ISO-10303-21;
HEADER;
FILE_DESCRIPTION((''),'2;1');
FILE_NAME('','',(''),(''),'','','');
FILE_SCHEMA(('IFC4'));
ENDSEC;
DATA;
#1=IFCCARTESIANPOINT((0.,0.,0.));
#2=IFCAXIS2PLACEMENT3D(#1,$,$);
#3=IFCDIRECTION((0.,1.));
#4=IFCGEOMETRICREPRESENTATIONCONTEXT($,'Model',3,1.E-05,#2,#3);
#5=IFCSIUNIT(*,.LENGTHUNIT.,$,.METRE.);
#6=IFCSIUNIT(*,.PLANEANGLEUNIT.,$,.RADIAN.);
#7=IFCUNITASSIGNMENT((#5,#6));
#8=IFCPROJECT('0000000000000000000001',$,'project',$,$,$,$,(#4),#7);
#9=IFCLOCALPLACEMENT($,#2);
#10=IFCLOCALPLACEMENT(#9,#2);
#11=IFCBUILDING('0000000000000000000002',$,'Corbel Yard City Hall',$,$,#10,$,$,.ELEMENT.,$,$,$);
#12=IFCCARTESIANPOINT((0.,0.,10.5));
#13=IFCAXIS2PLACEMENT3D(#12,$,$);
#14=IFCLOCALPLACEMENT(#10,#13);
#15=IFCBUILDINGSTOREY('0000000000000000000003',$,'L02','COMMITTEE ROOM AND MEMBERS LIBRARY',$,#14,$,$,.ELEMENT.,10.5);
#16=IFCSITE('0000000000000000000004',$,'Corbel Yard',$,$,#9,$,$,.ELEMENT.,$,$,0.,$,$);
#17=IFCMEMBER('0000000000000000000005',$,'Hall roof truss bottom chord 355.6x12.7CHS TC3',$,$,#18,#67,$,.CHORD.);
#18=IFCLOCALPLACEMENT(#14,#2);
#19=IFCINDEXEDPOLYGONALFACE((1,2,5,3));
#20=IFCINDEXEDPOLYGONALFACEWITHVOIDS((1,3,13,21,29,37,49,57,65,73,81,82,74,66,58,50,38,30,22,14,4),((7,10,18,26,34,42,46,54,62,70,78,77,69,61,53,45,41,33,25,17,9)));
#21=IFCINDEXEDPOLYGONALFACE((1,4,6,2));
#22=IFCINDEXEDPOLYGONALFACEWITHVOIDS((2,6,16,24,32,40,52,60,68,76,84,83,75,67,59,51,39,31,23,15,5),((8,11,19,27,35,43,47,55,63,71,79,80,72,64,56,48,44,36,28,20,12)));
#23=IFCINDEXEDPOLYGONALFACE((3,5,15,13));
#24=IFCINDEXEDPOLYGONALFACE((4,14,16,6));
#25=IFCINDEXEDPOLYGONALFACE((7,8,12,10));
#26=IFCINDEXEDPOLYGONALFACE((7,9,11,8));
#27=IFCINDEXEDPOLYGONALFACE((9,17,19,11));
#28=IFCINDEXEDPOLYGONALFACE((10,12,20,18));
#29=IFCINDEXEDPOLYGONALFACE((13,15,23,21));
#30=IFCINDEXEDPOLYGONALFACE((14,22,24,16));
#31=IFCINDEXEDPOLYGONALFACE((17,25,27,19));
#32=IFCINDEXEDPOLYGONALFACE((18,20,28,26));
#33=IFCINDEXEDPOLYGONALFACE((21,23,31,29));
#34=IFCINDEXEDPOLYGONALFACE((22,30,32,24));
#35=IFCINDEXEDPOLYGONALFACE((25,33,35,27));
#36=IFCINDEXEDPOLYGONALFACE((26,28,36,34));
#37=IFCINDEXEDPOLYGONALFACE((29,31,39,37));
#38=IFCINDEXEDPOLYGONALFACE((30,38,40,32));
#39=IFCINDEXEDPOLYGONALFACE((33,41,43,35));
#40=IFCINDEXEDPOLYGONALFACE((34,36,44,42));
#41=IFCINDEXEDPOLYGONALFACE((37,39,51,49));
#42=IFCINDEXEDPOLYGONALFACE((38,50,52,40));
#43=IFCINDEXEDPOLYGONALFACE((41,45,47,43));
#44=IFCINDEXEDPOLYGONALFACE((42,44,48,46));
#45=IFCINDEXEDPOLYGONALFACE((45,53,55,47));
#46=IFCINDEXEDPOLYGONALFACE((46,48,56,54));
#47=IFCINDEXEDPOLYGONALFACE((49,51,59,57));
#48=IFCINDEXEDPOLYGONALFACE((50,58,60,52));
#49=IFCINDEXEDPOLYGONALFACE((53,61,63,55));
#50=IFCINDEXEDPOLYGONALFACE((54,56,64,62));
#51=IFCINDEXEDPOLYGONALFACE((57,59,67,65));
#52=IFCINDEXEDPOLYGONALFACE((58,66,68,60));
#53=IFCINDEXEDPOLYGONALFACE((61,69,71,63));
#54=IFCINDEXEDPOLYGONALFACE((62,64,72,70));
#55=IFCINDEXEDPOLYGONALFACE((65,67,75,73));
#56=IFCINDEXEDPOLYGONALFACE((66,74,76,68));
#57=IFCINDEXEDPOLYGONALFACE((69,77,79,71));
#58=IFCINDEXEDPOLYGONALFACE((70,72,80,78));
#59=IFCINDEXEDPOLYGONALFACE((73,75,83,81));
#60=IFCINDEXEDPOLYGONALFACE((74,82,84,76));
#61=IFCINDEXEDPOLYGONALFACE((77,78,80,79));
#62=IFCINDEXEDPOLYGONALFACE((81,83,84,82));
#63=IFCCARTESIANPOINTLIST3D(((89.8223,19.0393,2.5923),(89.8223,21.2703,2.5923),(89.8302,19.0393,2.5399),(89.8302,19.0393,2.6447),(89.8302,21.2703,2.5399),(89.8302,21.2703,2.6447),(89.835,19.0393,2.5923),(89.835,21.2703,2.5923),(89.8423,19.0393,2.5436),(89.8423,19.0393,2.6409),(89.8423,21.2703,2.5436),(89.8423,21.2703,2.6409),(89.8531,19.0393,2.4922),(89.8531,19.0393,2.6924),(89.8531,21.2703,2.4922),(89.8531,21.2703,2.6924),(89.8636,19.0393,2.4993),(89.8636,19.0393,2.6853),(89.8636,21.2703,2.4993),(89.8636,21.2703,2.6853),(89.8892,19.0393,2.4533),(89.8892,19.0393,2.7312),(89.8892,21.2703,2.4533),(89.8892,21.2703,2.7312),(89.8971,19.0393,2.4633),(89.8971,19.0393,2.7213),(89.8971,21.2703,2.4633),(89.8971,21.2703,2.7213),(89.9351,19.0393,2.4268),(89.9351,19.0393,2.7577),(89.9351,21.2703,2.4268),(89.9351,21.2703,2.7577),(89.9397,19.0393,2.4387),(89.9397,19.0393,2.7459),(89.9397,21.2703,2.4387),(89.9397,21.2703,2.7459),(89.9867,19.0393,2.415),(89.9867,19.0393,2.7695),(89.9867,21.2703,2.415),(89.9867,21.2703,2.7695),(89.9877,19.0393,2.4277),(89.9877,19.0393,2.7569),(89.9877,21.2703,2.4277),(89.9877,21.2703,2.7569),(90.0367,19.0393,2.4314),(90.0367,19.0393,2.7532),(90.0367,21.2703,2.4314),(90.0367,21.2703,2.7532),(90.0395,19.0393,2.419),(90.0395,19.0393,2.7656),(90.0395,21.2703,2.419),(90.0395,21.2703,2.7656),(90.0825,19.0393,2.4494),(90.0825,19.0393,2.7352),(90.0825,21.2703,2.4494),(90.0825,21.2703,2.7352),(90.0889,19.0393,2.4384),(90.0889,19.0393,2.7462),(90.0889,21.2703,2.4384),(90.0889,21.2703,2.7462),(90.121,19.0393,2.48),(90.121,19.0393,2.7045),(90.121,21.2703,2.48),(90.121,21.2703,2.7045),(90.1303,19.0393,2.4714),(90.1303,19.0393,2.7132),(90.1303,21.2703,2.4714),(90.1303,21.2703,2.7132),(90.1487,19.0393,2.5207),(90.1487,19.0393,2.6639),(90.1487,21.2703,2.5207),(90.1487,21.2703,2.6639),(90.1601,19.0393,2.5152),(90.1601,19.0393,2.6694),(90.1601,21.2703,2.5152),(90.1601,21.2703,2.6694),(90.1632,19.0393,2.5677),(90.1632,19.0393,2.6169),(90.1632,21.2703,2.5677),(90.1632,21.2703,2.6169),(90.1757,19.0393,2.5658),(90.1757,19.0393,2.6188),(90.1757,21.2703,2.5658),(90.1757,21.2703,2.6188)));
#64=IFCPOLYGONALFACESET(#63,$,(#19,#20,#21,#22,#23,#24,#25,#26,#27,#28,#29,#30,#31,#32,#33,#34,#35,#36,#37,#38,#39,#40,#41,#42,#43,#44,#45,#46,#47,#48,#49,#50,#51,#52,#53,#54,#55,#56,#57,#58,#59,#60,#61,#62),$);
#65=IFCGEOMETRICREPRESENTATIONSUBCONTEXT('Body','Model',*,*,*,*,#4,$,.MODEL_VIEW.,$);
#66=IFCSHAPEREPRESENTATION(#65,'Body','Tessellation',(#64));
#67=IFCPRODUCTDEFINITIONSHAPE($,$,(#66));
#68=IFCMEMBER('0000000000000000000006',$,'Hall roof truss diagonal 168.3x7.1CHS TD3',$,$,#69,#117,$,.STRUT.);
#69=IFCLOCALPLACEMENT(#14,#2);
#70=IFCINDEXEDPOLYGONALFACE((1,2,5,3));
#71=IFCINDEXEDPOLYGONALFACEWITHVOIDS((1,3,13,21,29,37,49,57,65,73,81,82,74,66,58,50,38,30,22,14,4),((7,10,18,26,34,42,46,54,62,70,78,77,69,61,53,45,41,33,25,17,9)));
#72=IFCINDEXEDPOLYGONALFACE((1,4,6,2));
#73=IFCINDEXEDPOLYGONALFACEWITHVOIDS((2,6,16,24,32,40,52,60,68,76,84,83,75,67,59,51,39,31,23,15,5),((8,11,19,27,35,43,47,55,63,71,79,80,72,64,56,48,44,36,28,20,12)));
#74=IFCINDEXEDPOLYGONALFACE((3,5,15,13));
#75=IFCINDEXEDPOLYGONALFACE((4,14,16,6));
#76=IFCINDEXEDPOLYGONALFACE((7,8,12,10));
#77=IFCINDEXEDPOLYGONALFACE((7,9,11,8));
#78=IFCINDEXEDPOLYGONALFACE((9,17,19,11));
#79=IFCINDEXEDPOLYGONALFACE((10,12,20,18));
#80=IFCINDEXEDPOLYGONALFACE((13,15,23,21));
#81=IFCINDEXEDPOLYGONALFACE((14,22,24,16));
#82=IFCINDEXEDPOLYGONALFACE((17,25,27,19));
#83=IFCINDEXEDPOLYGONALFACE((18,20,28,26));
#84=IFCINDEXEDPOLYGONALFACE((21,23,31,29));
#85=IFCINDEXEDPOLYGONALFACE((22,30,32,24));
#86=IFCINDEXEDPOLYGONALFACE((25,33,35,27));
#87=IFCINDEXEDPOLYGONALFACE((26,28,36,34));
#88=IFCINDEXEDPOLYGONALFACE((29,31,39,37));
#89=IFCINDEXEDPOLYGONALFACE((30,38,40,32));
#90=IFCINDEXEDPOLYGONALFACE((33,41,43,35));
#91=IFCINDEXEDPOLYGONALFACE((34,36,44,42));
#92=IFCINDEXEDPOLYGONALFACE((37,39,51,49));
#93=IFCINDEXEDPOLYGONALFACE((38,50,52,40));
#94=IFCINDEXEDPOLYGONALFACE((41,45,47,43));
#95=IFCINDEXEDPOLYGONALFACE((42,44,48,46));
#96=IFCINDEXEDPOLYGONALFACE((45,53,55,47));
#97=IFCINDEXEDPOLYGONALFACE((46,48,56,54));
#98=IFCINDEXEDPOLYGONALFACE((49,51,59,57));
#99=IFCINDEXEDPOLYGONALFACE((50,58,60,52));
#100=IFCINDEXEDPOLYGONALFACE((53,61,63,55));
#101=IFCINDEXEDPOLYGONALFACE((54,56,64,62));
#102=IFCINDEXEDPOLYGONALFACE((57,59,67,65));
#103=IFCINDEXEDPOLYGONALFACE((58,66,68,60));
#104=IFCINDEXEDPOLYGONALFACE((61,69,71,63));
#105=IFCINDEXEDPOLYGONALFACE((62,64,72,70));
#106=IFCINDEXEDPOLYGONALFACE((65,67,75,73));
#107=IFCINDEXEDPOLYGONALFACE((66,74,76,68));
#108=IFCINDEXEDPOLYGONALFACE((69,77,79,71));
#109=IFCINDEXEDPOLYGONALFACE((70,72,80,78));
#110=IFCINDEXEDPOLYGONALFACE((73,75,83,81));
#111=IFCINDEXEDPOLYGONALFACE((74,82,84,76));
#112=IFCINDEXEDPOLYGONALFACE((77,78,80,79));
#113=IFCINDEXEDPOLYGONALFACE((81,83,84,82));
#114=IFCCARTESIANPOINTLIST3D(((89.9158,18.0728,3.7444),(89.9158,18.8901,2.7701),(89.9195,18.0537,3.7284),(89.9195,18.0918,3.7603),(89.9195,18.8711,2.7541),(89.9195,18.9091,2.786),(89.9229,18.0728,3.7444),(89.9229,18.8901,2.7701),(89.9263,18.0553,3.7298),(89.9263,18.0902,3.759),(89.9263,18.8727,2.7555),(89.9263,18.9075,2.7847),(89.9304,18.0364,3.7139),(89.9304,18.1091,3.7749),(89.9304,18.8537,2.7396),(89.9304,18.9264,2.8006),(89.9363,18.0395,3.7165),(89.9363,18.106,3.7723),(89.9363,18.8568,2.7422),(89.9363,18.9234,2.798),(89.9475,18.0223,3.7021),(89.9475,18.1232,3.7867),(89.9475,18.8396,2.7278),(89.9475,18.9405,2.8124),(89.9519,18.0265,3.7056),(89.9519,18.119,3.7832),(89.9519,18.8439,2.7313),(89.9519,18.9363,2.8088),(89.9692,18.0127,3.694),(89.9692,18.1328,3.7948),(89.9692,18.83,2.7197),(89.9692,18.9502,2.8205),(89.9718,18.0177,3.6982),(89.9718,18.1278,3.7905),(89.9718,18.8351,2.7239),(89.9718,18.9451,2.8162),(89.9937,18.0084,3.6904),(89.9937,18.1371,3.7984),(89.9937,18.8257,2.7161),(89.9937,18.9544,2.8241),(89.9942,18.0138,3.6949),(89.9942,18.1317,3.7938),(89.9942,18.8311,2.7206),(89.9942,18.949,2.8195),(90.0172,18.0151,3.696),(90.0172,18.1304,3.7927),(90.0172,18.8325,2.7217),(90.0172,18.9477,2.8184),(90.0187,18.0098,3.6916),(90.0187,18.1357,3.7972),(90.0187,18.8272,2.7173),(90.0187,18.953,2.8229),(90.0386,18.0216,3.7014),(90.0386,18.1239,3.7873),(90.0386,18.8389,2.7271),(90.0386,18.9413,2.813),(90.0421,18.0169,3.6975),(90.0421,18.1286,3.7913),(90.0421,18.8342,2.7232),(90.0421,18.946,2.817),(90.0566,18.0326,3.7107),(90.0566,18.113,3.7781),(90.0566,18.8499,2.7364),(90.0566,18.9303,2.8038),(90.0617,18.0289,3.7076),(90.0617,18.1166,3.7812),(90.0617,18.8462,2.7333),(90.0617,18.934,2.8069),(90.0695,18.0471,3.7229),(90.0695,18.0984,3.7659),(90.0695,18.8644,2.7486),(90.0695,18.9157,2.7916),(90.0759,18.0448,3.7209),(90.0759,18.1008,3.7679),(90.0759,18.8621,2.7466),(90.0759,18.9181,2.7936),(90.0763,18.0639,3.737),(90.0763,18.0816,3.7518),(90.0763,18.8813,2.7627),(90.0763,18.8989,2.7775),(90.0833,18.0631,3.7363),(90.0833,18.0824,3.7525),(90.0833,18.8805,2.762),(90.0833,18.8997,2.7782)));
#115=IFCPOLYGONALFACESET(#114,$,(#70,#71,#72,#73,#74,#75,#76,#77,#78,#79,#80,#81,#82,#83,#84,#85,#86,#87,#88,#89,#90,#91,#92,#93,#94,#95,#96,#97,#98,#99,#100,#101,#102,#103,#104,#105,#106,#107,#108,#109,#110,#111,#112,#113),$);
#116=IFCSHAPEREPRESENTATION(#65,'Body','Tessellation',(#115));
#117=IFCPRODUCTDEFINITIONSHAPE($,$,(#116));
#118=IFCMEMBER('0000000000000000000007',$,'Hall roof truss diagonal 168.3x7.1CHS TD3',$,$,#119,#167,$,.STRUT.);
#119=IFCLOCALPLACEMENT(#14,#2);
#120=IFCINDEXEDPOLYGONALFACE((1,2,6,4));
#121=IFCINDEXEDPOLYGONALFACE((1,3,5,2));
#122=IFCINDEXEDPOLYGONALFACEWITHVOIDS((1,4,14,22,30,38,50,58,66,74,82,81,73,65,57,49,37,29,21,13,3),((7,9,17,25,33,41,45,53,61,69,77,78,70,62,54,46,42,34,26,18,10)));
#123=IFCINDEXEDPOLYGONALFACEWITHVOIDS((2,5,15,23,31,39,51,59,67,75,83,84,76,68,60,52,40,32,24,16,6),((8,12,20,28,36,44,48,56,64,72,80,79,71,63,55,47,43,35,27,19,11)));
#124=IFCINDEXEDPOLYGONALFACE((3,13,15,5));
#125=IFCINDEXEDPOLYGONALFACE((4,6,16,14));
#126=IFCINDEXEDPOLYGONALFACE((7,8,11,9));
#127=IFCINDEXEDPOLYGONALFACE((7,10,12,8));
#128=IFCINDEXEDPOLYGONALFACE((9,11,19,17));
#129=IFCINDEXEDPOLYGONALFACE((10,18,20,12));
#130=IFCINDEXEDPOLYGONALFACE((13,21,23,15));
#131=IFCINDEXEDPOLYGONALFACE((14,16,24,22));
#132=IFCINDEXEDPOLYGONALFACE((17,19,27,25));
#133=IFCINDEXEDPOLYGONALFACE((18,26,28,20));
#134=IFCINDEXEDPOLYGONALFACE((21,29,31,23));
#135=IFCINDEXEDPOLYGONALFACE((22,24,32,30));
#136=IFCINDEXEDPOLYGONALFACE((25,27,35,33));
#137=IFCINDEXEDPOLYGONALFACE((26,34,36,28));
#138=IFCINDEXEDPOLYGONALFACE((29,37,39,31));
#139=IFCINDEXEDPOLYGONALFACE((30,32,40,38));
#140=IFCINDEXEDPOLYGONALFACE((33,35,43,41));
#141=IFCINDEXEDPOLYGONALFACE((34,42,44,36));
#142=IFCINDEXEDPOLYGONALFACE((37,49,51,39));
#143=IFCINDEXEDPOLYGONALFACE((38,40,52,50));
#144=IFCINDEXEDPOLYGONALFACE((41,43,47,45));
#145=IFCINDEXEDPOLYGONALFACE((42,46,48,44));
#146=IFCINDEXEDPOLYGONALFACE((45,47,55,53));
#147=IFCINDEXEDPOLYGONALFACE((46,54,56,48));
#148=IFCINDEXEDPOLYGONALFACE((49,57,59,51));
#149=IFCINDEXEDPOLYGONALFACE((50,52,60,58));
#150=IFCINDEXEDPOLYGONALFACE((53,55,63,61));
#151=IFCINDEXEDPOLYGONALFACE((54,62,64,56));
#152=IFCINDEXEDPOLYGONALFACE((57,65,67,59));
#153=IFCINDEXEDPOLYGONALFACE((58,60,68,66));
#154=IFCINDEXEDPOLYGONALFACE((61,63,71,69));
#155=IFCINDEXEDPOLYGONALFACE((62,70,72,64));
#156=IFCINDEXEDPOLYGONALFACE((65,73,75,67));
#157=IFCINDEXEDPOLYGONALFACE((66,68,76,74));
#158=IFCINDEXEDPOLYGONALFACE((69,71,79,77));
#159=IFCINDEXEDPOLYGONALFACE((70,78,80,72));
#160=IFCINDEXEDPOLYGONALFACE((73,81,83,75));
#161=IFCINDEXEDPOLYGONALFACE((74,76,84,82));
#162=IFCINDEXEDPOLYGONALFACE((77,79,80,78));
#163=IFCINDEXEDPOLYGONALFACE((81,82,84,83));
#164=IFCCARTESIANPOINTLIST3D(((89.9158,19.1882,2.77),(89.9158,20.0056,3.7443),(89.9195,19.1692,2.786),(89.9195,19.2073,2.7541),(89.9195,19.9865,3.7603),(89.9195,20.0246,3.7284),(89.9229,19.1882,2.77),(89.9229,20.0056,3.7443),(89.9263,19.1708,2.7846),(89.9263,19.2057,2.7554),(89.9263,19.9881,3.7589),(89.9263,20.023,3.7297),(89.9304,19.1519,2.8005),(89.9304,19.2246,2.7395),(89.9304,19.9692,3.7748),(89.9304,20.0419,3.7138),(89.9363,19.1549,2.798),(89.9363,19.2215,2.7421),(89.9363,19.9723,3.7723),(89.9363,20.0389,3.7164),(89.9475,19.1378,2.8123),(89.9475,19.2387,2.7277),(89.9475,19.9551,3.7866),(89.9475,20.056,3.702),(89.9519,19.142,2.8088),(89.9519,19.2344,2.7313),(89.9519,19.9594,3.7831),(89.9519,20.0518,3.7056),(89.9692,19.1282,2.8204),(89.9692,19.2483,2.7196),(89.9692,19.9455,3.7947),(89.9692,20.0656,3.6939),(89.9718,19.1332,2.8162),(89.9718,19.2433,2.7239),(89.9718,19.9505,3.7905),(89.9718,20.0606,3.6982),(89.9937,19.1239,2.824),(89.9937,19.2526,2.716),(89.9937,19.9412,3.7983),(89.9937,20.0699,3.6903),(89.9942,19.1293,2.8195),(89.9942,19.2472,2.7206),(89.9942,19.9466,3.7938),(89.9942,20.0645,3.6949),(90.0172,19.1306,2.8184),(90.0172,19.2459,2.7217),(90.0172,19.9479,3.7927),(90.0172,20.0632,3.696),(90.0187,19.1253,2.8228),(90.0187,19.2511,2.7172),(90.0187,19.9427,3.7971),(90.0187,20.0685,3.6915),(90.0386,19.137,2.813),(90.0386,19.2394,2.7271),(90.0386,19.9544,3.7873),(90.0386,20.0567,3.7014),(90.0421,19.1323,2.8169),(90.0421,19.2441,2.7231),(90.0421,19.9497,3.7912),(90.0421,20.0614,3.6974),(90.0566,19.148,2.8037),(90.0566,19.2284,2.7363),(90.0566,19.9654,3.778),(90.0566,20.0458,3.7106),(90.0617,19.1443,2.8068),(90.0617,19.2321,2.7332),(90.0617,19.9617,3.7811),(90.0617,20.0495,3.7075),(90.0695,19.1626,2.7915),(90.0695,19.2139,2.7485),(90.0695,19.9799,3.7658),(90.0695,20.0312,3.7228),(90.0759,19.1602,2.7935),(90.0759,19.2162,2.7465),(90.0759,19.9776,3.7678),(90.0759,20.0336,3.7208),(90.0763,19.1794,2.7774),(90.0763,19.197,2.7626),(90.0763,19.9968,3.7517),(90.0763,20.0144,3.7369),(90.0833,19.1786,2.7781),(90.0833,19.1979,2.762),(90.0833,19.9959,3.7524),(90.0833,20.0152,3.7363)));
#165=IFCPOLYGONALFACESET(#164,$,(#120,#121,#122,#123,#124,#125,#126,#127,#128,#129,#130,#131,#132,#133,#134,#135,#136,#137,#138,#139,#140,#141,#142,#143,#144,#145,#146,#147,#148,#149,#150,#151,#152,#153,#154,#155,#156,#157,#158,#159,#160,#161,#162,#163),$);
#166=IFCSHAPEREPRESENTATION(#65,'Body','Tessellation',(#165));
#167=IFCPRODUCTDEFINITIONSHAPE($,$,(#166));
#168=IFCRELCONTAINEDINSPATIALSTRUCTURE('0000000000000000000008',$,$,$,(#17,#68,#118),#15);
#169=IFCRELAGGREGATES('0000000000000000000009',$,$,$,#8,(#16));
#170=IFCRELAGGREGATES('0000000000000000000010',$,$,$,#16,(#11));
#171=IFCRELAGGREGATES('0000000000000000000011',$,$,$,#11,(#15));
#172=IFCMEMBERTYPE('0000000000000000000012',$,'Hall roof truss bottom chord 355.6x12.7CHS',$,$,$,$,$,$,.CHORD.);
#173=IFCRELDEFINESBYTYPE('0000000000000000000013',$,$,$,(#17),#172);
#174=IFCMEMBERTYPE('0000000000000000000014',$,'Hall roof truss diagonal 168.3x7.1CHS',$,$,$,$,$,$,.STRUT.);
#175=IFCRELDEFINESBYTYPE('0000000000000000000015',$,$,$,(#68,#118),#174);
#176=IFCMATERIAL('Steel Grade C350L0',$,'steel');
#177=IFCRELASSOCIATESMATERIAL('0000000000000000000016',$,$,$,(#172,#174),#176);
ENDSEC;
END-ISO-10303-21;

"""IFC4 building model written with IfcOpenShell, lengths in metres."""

from ifc_helpers import new_model, si_unit, direction, frame, origin, origin_2d, place, context, subcontext, project, spatial, hollow_circle, extrude, material, material_profile, profile_set, type_object, element, save


model = new_model("IFC4")

# Units and contexts
model_context = context("Model", 3, precision=1e-05, world=origin(), true_north=direction((0.0, 1.0)))
body_context = subcontext(model_context, "Body", "Model", "MODEL_VIEW")
ifc_project = project(units=[si_unit("LENGTHUNIT", "METRE"), si_unit("PLANEANGLEUNIT", "RADIAN")], contexts=[model_context])

# Site, building, storey
site_placement = place(None, origin())
site = spatial("IfcSite", under=ifc_project, at=site_placement, Name="Corbel Yard", CompositionType="ELEMENT", RefElevation=0.0)
building_placement = place(site_placement, origin())
building = spatial("IfcBuilding", under=site, at=building_placement, Name="Corbel Yard City Hall", CompositionType="ELEMENT")
storey_placement = place(building_placement, frame((0.0, 0.0, 10.5)))
storey = spatial("IfcBuildingStorey", under=building, at=storey_placement, Name="L02", Description="COMMITTEE ROOM AND MEMBERS LIBRARY", CompositionType="ELEMENT", Elevation=10.5)

# Members
ifc_material_1 = material(Name="Steel Grade C350L0", Category="steel")
ifc_material_profile_1 = material_profile(ifc_material_1, hollow_circle(Radius=0.1777, WallThickness=0.0127, at=origin_2d()), Name="355.6x12.7CHS")
ifc_profile_set_1 = profile_set([ifc_material_profile_1], Name="Steel Grade C350L0")
member_type_1 = type_object("IfcMemberType", Name="Hall roof truss bottom chord 355.6x12.7CHS", PredefinedType="CHORD", material=ifc_profile_set_1)
member_1_placement = place(storey_placement, frame((90.0, 19.0393, 2.5923), z_axis=(0.0, 1.0, 0.0), x_axis=(-1.0, 0.0, 0.0)))
element("IfcMember", 1, at=member_1_placement, inside=storey, type_object=member_type_1, Name="Hall roof truss bottom chord 355.6x12.7CHS TC3", PredefinedType="CHORD", context=body_context, shape_type="SweptSolid", body=[
    extrude(hollow_circle(Radius=0.1777, WallThickness=0.0127, at=origin_2d()), origin(), (0.0, 0.0, 1.0), 2.231),
])
ifc_material_profile_2 = material_profile(ifc_material_1, hollow_circle(Radius=0.0842, WallThickness=0.0071, at=origin_2d()), Name="168.3x7.1CHS")
ifc_profile_set_2 = profile_set([ifc_material_profile_2], Name="Steel Grade C350L0")
member_type_2 = type_object("IfcMemberType", Name="Hall roof truss diagonal 168.3x7.1CHS", PredefinedType="STRUT", material=ifc_profile_set_2)
for number, where, z_axis, x_axis, name in (
    (2, (90.0, 18.0728, 3.7444), (0.0, 0.642692, -0.766124), (-1.0, 0.0, 0.0), "Hall roof truss diagonal 168.3x7.1CHS TD3"),
    (3, (90.0, 19.1882, 2.77), (0.0, 0.642692, 0.766124), (-1.0, 0.0, 0.0), "Hall roof truss diagonal 168.3x7.1CHS TD3"),
):
    element("IfcMember", number, at=place(storey_placement, frame(where, z_axis=z_axis, x_axis=x_axis)), inside=storey, type_object=member_type_2, Name=name, PredefinedType="STRUT", context=body_context, shape_type="SweptSolid", body=[
        extrude(hollow_circle(Radius=0.0842, WallThickness=0.0071, at=origin_2d()), origin(), (0.0, 0.0, 1.0), 1.2717),
    ])

save(model, "model.ifc")
